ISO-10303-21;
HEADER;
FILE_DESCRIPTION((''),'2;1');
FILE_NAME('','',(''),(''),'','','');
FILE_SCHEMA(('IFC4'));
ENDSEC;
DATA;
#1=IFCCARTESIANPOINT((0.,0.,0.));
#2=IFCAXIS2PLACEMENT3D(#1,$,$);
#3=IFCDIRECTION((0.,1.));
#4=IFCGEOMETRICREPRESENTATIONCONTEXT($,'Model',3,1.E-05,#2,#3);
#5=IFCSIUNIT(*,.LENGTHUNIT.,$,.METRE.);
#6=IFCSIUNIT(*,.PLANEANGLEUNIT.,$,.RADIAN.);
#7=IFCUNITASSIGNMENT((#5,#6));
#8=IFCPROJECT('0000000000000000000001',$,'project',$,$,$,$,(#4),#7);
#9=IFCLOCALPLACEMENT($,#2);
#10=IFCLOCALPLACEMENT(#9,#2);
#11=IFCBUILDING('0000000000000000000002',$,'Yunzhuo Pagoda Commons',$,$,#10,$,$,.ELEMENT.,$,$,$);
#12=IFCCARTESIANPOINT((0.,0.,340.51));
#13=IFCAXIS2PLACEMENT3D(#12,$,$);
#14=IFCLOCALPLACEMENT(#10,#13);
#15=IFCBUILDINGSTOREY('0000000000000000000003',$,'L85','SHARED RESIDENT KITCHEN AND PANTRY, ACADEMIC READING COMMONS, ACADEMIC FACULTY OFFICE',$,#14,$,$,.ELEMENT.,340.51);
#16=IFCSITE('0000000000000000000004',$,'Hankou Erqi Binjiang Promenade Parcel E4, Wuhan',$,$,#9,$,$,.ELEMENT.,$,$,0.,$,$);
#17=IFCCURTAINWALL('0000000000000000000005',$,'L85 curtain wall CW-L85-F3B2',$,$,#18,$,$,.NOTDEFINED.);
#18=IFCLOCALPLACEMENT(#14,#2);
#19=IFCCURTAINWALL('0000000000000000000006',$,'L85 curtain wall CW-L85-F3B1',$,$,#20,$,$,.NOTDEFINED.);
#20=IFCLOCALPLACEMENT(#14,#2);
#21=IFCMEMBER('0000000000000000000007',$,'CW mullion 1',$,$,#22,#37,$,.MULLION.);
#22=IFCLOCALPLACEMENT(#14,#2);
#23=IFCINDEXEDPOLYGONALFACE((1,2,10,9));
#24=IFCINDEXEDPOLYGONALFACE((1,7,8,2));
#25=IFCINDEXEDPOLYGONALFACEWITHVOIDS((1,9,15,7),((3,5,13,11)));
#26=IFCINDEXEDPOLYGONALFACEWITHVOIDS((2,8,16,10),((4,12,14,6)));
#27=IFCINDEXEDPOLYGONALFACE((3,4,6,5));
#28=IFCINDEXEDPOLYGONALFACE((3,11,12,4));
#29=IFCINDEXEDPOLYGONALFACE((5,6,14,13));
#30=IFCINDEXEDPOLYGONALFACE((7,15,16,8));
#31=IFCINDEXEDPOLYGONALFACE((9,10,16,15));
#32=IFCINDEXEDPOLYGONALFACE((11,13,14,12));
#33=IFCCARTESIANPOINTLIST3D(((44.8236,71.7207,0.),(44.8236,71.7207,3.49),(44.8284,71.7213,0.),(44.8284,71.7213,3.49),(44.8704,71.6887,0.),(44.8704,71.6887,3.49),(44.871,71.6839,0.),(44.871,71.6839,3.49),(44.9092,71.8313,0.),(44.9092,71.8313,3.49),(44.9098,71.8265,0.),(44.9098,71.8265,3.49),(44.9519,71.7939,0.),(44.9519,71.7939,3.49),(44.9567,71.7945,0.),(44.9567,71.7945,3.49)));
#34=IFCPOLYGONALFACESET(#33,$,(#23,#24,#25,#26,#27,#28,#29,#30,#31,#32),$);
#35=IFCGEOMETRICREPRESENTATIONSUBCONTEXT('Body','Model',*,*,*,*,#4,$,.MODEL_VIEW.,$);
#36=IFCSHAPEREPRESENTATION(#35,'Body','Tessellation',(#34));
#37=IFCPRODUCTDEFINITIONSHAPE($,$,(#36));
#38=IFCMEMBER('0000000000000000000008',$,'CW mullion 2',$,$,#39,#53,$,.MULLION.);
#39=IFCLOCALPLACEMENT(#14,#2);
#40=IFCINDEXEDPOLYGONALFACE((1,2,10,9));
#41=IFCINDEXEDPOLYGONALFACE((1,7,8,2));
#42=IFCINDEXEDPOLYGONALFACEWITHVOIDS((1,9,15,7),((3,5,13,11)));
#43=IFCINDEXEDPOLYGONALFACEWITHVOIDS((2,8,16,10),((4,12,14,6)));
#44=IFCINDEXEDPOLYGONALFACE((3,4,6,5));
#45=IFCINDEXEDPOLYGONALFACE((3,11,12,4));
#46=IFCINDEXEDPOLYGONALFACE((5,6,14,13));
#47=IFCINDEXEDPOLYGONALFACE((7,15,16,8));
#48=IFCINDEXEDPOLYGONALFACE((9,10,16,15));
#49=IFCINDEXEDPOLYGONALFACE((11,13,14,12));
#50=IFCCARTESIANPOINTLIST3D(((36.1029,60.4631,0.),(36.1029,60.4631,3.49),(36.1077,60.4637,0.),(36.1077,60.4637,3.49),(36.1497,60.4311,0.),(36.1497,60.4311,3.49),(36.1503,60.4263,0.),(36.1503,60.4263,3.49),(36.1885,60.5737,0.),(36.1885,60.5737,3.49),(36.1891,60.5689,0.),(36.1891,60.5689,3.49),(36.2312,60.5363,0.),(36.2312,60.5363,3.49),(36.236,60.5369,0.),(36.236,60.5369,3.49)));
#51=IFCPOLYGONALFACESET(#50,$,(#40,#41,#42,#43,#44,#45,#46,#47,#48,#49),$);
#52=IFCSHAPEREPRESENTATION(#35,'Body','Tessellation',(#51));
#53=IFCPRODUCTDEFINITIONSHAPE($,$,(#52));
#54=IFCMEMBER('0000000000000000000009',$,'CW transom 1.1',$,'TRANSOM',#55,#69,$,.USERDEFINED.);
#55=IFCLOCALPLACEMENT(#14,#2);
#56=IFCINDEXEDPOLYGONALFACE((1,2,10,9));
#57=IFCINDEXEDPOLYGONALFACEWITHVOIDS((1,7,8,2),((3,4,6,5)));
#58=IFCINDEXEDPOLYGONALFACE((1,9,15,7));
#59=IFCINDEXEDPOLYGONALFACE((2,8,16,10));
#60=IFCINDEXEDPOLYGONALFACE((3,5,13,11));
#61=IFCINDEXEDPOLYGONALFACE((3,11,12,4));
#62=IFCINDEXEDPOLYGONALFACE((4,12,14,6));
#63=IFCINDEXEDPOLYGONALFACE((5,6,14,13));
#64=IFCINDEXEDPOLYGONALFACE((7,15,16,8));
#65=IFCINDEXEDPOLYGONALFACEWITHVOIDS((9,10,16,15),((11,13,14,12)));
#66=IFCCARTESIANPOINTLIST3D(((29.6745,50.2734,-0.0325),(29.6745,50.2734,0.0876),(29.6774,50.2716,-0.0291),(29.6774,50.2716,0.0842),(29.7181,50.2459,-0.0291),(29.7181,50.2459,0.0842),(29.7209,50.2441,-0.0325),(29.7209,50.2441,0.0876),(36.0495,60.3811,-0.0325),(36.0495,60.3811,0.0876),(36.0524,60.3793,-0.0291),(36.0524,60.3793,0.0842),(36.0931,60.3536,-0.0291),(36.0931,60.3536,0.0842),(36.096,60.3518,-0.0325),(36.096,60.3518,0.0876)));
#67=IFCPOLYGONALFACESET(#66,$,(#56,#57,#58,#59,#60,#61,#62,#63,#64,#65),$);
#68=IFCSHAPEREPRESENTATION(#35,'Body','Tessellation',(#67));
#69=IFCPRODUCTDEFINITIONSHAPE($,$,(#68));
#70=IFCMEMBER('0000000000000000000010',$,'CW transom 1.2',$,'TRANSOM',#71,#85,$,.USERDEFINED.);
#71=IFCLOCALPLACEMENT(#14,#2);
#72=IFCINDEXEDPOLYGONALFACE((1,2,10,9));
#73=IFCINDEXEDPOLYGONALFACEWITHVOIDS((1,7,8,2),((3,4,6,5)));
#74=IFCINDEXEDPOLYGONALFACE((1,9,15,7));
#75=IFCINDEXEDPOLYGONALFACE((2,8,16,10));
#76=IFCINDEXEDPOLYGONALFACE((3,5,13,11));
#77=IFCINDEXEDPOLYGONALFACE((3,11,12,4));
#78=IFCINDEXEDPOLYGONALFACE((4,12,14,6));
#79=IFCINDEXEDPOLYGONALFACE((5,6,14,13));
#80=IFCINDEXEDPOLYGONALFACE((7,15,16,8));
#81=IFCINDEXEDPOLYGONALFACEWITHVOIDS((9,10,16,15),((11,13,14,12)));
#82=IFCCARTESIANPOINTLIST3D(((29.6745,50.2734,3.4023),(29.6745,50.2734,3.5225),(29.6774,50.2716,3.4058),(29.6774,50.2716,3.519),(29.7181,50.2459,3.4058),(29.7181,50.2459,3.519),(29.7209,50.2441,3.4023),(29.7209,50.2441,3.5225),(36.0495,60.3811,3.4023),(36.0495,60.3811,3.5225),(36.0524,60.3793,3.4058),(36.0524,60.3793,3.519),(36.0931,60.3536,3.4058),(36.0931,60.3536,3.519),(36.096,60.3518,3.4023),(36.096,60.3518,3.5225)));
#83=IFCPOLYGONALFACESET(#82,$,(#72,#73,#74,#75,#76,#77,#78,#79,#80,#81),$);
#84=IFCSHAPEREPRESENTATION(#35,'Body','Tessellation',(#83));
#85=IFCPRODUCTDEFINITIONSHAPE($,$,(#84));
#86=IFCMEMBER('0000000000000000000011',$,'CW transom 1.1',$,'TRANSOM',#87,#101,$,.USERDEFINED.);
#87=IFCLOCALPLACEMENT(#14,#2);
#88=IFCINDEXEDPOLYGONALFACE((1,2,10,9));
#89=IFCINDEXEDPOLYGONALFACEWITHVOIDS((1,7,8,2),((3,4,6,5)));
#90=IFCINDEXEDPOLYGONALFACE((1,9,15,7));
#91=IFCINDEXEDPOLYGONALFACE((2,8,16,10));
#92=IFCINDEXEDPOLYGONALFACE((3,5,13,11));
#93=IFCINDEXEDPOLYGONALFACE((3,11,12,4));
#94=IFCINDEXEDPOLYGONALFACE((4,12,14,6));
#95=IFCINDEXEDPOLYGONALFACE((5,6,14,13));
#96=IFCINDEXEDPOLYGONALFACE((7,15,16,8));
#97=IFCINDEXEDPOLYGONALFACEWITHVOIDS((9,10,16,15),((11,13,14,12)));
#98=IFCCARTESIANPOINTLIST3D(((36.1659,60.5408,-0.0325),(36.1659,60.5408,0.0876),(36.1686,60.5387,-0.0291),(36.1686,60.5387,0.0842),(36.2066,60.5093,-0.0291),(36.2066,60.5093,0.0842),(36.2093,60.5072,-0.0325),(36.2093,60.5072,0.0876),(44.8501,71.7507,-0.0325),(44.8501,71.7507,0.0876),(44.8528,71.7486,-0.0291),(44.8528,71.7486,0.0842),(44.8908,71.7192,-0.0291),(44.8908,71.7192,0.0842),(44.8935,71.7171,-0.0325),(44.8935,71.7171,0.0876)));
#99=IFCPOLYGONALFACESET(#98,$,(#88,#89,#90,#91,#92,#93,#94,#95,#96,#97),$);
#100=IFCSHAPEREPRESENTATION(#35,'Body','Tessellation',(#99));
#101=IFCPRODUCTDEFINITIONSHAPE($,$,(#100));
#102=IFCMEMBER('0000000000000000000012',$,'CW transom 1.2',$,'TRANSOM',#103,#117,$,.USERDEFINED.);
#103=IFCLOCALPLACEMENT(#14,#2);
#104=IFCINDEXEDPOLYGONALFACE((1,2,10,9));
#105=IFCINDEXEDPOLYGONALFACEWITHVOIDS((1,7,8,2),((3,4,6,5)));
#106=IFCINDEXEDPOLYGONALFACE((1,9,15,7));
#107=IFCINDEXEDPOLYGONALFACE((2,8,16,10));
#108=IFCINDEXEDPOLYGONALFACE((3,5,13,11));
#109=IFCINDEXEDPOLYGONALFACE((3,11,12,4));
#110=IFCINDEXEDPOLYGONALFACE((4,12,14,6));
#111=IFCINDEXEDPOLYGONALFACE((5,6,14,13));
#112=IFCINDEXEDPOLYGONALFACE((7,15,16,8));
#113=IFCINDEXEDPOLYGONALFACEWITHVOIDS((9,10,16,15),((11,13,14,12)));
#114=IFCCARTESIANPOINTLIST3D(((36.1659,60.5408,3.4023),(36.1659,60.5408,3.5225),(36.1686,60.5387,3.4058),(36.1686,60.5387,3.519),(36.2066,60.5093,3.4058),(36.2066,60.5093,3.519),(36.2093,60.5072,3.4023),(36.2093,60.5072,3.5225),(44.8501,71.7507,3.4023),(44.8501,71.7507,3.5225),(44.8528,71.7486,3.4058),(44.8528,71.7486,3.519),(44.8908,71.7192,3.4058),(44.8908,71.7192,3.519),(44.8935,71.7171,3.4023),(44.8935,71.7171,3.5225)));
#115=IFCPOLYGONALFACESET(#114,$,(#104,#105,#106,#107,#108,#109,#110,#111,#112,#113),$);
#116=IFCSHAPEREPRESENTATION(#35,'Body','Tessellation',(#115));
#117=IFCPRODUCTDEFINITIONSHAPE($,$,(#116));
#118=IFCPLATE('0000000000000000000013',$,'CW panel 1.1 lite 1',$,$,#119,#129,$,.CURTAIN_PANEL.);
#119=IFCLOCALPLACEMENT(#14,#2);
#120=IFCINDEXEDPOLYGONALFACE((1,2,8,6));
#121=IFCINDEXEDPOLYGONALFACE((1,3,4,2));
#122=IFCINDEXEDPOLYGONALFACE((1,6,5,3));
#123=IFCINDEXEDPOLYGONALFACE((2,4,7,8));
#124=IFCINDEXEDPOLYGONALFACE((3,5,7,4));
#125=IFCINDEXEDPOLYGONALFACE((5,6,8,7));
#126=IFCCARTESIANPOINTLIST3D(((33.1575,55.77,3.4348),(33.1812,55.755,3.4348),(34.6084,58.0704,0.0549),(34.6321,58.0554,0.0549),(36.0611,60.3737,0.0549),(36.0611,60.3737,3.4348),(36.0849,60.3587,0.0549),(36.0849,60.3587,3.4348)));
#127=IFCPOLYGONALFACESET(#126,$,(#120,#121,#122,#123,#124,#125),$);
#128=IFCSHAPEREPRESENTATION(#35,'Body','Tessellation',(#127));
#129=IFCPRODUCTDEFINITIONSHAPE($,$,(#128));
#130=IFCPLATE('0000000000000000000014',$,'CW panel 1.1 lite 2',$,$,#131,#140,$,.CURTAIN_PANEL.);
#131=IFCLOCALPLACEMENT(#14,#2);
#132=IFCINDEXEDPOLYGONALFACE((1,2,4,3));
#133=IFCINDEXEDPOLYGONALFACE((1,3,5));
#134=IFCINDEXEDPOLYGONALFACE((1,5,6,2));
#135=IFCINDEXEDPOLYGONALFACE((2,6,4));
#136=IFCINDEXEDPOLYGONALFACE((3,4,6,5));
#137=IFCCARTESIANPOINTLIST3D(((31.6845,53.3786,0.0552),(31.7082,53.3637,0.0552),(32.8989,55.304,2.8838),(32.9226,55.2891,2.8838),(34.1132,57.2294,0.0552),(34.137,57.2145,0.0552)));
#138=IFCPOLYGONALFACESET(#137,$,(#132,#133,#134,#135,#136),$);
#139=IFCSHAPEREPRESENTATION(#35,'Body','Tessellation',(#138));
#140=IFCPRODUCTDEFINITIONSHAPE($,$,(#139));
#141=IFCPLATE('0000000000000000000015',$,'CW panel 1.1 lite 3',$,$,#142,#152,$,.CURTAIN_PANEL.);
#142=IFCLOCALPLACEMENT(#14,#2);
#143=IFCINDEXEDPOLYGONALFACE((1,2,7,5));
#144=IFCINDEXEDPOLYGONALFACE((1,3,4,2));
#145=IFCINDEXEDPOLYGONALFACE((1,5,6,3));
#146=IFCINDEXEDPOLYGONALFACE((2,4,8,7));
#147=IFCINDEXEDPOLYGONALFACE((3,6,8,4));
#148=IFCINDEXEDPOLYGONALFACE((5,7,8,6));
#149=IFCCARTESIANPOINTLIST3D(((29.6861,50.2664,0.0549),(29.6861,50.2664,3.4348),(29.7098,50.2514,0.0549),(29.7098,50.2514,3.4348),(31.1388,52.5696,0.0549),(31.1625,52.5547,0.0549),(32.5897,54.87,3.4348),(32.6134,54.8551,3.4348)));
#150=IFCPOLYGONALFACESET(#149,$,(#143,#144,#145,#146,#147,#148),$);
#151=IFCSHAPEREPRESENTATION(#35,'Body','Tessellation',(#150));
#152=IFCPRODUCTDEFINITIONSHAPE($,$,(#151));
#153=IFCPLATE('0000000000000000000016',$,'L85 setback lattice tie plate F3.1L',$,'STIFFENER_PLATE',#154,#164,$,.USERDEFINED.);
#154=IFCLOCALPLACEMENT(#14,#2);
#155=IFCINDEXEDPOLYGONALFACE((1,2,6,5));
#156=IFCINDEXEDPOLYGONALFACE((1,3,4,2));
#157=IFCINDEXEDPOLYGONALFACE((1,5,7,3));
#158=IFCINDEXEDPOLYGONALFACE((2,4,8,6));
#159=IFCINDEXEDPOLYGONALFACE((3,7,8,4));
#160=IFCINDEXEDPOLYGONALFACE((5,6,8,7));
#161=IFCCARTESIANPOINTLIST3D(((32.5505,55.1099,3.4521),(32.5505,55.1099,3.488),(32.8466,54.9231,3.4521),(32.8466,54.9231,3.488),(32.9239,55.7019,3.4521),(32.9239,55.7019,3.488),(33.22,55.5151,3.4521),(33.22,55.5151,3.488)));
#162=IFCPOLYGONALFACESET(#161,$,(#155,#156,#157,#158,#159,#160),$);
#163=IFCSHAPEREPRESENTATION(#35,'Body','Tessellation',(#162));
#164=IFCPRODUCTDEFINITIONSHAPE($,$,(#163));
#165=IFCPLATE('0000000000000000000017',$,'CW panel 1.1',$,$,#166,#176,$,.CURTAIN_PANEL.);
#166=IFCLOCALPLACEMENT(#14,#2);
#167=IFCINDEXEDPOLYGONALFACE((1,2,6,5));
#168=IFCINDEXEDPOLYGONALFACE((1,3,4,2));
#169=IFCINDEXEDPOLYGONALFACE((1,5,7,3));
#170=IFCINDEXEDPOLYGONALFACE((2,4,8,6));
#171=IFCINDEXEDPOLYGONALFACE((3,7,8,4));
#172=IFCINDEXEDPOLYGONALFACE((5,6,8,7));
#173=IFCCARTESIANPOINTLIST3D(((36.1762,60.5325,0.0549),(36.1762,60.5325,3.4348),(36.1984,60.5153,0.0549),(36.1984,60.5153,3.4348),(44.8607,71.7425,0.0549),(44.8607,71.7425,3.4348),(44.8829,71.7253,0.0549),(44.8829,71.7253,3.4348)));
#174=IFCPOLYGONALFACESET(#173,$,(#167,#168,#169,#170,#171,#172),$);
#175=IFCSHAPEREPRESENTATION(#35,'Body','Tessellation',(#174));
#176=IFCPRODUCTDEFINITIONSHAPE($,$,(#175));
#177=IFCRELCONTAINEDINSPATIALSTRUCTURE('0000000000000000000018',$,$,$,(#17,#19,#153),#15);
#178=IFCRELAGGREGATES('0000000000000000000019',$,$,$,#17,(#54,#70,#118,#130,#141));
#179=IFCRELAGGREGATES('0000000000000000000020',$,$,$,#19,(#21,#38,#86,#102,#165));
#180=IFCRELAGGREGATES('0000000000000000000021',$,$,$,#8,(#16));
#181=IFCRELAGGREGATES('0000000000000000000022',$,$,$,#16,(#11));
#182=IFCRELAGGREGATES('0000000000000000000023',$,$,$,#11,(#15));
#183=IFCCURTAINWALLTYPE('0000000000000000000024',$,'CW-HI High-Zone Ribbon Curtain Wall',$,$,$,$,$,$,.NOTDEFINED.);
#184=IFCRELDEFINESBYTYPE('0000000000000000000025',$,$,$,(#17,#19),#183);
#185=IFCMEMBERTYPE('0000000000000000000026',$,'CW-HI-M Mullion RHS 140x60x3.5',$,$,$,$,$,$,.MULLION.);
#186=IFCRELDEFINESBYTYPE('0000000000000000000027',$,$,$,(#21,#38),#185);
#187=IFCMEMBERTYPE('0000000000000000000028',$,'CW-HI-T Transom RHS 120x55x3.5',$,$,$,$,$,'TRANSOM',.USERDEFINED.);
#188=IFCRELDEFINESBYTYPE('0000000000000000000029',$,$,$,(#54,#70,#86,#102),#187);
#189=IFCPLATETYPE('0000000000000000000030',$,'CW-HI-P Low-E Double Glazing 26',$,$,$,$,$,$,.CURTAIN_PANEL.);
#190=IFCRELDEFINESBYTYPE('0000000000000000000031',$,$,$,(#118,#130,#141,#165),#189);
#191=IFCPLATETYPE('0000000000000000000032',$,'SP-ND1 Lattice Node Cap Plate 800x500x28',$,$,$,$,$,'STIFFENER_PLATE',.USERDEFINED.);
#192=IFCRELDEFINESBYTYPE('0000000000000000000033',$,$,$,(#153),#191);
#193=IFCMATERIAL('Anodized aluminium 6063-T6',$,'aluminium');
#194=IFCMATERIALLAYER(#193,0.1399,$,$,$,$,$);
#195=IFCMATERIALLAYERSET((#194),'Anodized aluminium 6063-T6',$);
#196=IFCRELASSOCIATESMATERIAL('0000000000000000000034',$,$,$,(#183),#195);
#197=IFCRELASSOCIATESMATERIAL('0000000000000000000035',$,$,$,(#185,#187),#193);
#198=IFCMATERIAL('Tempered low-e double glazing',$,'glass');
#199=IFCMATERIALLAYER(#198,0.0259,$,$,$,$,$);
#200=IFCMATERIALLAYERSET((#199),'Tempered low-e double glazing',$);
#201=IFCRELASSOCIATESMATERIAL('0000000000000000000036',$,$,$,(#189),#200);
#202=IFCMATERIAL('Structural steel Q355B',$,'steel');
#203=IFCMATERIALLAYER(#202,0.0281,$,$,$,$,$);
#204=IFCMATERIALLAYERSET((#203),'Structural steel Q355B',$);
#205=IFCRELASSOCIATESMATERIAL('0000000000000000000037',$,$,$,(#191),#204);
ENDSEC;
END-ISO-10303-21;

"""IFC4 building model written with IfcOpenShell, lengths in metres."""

from ifc_helpers import new_model, si_unit, direction, frame, origin, origin_2d, place, context, subcontext, project, spatial, polyline, rectangle, hollow_rectangle, outline, extrude, source, transform, mapped, material, layer, layer_set, material_profile, profile_set, type_object, element, aggregate, save


model = new_model("IFC4")

# Units and contexts
model_context = context("Model", 3, precision=1e-05, world=origin(), true_north=direction((0.0, 1.0)))
body_context = subcontext(model_context, "Body", "Model", "MODEL_VIEW")
ifc_project = project(units=[si_unit("LENGTHUNIT", "METRE"), si_unit("PLANEANGLEUNIT", "RADIAN")], contexts=[model_context])

# Site, building, storey
site_placement = place(None, origin())
site = spatial("IfcSite", under=ifc_project, at=site_placement, Name="Hankou Erqi Binjiang Promenade Parcel E4, Wuhan", CompositionType="ELEMENT", RefElevation=0.0)
building_placement = place(site_placement, origin())
building = spatial("IfcBuilding", under=site, at=building_placement, Name="Yunzhuo Pagoda Commons", CompositionType="ELEMENT")
storey_placement = place(building_placement, frame((0.0, 0.0, 340.51)))
storey = spatial("IfcBuildingStorey", under=building, at=storey_placement, Name="L85", Description="SHARED RESIDENT KITCHEN AND PANTRY, ACADEMIC READING COMMONS, ACADEMIC FACULTY OFFICE", CompositionType="ELEMENT", Elevation=340.51)

# Shared definitions
ifc_material_1 = material(Name="Structural steel Q355B", Category="steel")

# Curtain wall
ifc_material_2 = material(Name="Anodized aluminium 6063-T6", Category="aluminium")
ifc_layer_1 = layer(ifc_material_2, 0.1399)
ifc_layer_set_1 = layer_set([ifc_layer_1], Name="Anodized aluminium 6063-T6")
curtain_wall_type = type_object("IfcCurtainWallType", Name="CW-HI High-Zone Ribbon Curtain Wall", PredefinedType="NOTDEFINED", material=ifc_layer_set_1)
curtain_wall_1_placement = place(storey_placement, origin())
curtain_wall_1 = element("IfcCurtainWall", 1, at=curtain_wall_1_placement, inside=storey, type_object=curtain_wall_type, Name="L85 curtain wall CW-L85-F3B2", PredefinedType="NOTDEFINED")
ifc_material_profile_1 = material_profile(ifc_material_2, hollow_rectangle(XDim=0.0601, YDim=0.1399, WallThickness=0.0034, at=origin_2d()), Name="Anodized aluminium 6063-T6")
ifc_profile_set_1 = profile_set([ifc_material_profile_1], Name="Anodized aluminium 6063-T6")
member_type_1 = type_object("IfcMemberType", Name="CW-HI-M Mullion RHS 140x60x3.5", PredefinedType="MULLION", material=ifc_profile_set_1)
shared_shape_1 = source(origin(), body_context, "Body", "SweptSolid", [
    extrude(hollow_rectangle(XDim=0.0601, YDim=0.1399, WallThickness=0.0034, at=origin_2d()), origin(), (0.0, 0.0, 1.0), 3.49),
])

# Curtain wall, members
curtain_wall_2_placement = place(storey_placement, origin())
curtain_wall_2 = element("IfcCurtainWall", 2, at=curtain_wall_2_placement, inside=storey, type_object=curtain_wall_type, Name="L85 curtain wall CW-L85-F3B1", PredefinedType="NOTDEFINED")
member_1_placement = place(storey_placement, frame((44.8901, 71.7576, 0.0), z_axis=(0.0, 0.0, 1.0), x_axis=(0.790527, -0.612427, 0.0)))
member_1 = element("IfcMember", 3, at=member_1_placement, type_object=member_type_1, Name="CW mullion 1", PredefinedType="MULLION", context=body_context, shape_type="MappedRepresentation", body=[
    mapped(shared_shape_1, transform((0.0, 0.0, 0.0), scale=1.0)),
])
member_2_placement = place(storey_placement, frame((36.1694, 60.5, 0.0), z_axis=(0.0, 0.0, 1.0), x_axis=(0.790527, -0.612427, 0.0)))
member_2 = element("IfcMember", 4, at=member_2_placement, type_object=member_type_1, Name="CW mullion 2", PredefinedType="MULLION", context=body_context, shape_type="MappedRepresentation", body=[
    mapped(shared_shape_1, transform((0.0, 0.0, 0.0), scale=1.0)),
])

# Members
ifc_material_profile_2 = material_profile(ifc_material_2, hollow_rectangle(XDim=0.0549, YDim=0.1201, WallThickness=0.0034, at=origin_2d()), Name="Anodized aluminium 6063-T6")
ifc_profile_set_2 = profile_set([ifc_material_profile_2], Name="Anodized aluminium 6063-T6")
member_type_2 = type_object("IfcMemberType", Name="CW-HI-T Transom RHS 120x55x3.5", ElementType="TRANSOM", PredefinedType="USERDEFINED", material=ifc_profile_set_2)
shared_shape_2 = source(origin(), body_context, "Body", "SweptSolid", [
    extrude(hollow_rectangle(XDim=0.0549, YDim=0.1201, WallThickness=0.0034, at=origin_2d()), origin(), (0.0, 0.0, 1.0), 11.9502),
])
member_3_placement = place(storey_placement, frame((36.0728, 60.3665, 0.0276), z_axis=(-0.533467, -0.845821, 0.0), x_axis=(0.845821, -0.533467, 0.0)))
member_3 = element("IfcMember", 5, at=member_3_placement, type_object=member_type_2, Name="CW transom 1.1", ObjectType="TRANSOM", PredefinedType="USERDEFINED", context=body_context, shape_type="MappedRepresentation", body=[
    mapped(shared_shape_2, transform((0.0, 0.0, 0.0), scale=1.0)),
])
member_4_placement = place(storey_placement, frame((36.0728, 60.3665, 3.4624), z_axis=(-0.533467, -0.845821, 0.0), x_axis=(0.845821, -0.533467, 0.0)))
member_4 = element("IfcMember", 6, at=member_4_placement, type_object=member_type_2, Name="CW transom 1.2", ObjectType="TRANSOM", PredefinedType="USERDEFINED", context=body_context, shape_type="MappedRepresentation", body=[
    mapped(shared_shape_2, transform((0.0, 0.0, 0.0), scale=1.0)),
])
shared_shape_3 = source(origin(), body_context, "Body", "SweptSolid", [
    extrude(hollow_rectangle(XDim=0.0549, YDim=0.1201, WallThickness=0.0034, at=origin_2d()), origin(), (0.0, 0.0, 1.0), 14.1802),
])
member_5_placement = place(storey_placement, frame((44.8718, 71.7339, 0.0276), z_axis=(-0.612422, -0.790531, 0.0), x_axis=(0.790531, -0.612422, 0.0)))
member_5 = element("IfcMember", 7, at=member_5_placement, type_object=member_type_2, Name="CW transom 1.1", ObjectType="TRANSOM", PredefinedType="USERDEFINED", context=body_context, shape_type="MappedRepresentation", body=[
    mapped(shared_shape_3, transform((0.0, 0.0, 0.0), scale=1.0)),
])
member_6_placement = place(storey_placement, frame((44.8718, 71.7339, 3.4624), z_axis=(-0.612422, -0.790531, 0.0), x_axis=(0.790531, -0.612422, 0.0)))
member_6 = element("IfcMember", 8, at=member_6_placement, type_object=member_type_2, Name="CW transom 1.2", ObjectType="TRANSOM", PredefinedType="USERDEFINED", context=body_context, shape_type="MappedRepresentation", body=[
    mapped(shared_shape_3, transform((0.0, 0.0, 0.0), scale=1.0)),
])

# Plates
ifc_material_3 = material(Name="Tempered low-e double glazing", Category="glass")
ifc_layer_2 = layer(ifc_material_3, 0.0259)
ifc_layer_set_2 = layer_set([ifc_layer_2], Name="Tempered low-e double glazing")
plate_type_1 = type_object("IfcPlateType", Name="CW-HI-P Low-E Double Glazing 26", PredefinedType="CURTAIN_PANEL", material=ifc_layer_set_2)
plate_1_placement = place(storey_placement, frame((34.6331, 58.0569, 1.7449), z_axis=(-0.845818, 0.533472, 0.0), x_axis=(-0.533472, -0.845818, 0.0)))
plate_1 = element("IfcPlate", 9, at=plate_1_placement, type_object=plate_type_1, Name="CW panel 1.1 lite 1", PredefinedType="CURTAIN_PANEL", context=body_context, shape_type="SweptSolid", body=[
    extrude(outline(polyline([(-2.7214, -1.6899), (0.0017, -1.6899), (2.7214, 1.6899), (-2.7214, 1.6899), (-2.7214, -1.6899)])), origin(), (0.0, 0.0, 1.0), 0.0281),
])
plate_2_placement = place(storey_placement, frame((32.9226, 55.2891, 1.4695), z_axis=(-0.845818, 0.533472, 0.0), x_axis=(-0.533472, -0.845818, 0.0)))
plate_2 = element("IfcPlate", 10, at=plate_2_placement, type_object=plate_type_1, Name="CW panel 1.1 lite 2", PredefinedType="CURTAIN_PANEL", context=body_context, shape_type="SweptSolid", body=[
    extrude(outline(polyline([(-2.2764, -1.4143), (2.2764, -1.4143), (0.0, 1.4143), (-2.2764, -1.4143)])), origin(), (0.0, 0.0, 1.0), 0.0281),
])
plate_3_placement = place(storey_placement, frame((31.1616, 52.5532, 1.7449), z_axis=(-0.845818, 0.533472, 0.0), x_axis=(-0.533472, -0.845818, 0.0)))
plate_3 = element("IfcPlate", 11, at=plate_3_placement, type_object=plate_type_1, Name="CW panel 1.1 lite 3", PredefinedType="CURTAIN_PANEL", context=body_context, shape_type="SweptSolid", body=[
    extrude(outline(polyline([(-2.7214, 1.6899), (-0.0017, -1.6899), (2.7214, -1.6899), (2.7214, 1.6899), (-2.7214, 1.6899)])), origin(), (0.0, 0.0, 1.0), 0.0281),
])
aggregate(curtain_wall_1, [member_3, member_4, plate_1, plate_2, plate_3])
ifc_layer_3 = layer(ifc_material_1, 0.0281)
ifc_layer_set_3 = layer_set([ifc_layer_3], Name="Structural steel Q355B")
plate_type_2 = type_object("IfcPlateType", Name="SP-ND1 Lattice Node Cap Plate 800x500x28", ElementType="STIFFENER_PLATE", PredefinedType="USERDEFINED", material=ifc_layer_set_3)
shared_shape_4 = source(origin(), body_context, "Body", "SweptSolid", [
    extrude(rectangle(XDim=0.7, YDim=0.3501, at=origin_2d()), origin(), (0.0, 0.0, 1.0), 0.0359),
])
plate_4_placement = place(storey_placement, frame((32.8853, 55.3125, 3.4521), z_axis=(0.0, 0.0, 1.0), x_axis=(-0.533467, -0.845821, 0.0)))
element("IfcPlate", 12, at=plate_4_placement, inside=storey, type_object=plate_type_2, Name="L85 setback lattice tie plate F3.1L", ObjectType="STIFFENER_PLATE", PredefinedType="USERDEFINED", context=body_context, shape_type="MappedRepresentation", body=[
    mapped(shared_shape_4, transform((0.0, 0.0, 0.0), scale=1.0)),
])
shared_shape_5 = source(origin(), body_context, "Body", "SweptSolid", [
    extrude(rectangle(XDim=14.1804, YDim=0.0281, at=origin_2d()), origin(), (0.0, 0.0, 1.0), 3.3799),
])
plate_5_placement = place(storey_placement, frame((40.5295, 66.1289, 0.0549), z_axis=(0.0, 0.0, 1.0), x_axis=(-0.612427, -0.790527, 0.0)))
plate_5 = element("IfcPlate", 13, at=plate_5_placement, type_object=plate_type_1, Name="CW panel 1.1", PredefinedType="CURTAIN_PANEL", context=body_context, shape_type="MappedRepresentation", body=[
    mapped(shared_shape_5, transform((0.0, 0.0, 0.0), scale=1.0)),
])
aggregate(curtain_wall_2, [member_1, member_2, member_5, member_6, plate_5])

save(model, "model.ifc")
